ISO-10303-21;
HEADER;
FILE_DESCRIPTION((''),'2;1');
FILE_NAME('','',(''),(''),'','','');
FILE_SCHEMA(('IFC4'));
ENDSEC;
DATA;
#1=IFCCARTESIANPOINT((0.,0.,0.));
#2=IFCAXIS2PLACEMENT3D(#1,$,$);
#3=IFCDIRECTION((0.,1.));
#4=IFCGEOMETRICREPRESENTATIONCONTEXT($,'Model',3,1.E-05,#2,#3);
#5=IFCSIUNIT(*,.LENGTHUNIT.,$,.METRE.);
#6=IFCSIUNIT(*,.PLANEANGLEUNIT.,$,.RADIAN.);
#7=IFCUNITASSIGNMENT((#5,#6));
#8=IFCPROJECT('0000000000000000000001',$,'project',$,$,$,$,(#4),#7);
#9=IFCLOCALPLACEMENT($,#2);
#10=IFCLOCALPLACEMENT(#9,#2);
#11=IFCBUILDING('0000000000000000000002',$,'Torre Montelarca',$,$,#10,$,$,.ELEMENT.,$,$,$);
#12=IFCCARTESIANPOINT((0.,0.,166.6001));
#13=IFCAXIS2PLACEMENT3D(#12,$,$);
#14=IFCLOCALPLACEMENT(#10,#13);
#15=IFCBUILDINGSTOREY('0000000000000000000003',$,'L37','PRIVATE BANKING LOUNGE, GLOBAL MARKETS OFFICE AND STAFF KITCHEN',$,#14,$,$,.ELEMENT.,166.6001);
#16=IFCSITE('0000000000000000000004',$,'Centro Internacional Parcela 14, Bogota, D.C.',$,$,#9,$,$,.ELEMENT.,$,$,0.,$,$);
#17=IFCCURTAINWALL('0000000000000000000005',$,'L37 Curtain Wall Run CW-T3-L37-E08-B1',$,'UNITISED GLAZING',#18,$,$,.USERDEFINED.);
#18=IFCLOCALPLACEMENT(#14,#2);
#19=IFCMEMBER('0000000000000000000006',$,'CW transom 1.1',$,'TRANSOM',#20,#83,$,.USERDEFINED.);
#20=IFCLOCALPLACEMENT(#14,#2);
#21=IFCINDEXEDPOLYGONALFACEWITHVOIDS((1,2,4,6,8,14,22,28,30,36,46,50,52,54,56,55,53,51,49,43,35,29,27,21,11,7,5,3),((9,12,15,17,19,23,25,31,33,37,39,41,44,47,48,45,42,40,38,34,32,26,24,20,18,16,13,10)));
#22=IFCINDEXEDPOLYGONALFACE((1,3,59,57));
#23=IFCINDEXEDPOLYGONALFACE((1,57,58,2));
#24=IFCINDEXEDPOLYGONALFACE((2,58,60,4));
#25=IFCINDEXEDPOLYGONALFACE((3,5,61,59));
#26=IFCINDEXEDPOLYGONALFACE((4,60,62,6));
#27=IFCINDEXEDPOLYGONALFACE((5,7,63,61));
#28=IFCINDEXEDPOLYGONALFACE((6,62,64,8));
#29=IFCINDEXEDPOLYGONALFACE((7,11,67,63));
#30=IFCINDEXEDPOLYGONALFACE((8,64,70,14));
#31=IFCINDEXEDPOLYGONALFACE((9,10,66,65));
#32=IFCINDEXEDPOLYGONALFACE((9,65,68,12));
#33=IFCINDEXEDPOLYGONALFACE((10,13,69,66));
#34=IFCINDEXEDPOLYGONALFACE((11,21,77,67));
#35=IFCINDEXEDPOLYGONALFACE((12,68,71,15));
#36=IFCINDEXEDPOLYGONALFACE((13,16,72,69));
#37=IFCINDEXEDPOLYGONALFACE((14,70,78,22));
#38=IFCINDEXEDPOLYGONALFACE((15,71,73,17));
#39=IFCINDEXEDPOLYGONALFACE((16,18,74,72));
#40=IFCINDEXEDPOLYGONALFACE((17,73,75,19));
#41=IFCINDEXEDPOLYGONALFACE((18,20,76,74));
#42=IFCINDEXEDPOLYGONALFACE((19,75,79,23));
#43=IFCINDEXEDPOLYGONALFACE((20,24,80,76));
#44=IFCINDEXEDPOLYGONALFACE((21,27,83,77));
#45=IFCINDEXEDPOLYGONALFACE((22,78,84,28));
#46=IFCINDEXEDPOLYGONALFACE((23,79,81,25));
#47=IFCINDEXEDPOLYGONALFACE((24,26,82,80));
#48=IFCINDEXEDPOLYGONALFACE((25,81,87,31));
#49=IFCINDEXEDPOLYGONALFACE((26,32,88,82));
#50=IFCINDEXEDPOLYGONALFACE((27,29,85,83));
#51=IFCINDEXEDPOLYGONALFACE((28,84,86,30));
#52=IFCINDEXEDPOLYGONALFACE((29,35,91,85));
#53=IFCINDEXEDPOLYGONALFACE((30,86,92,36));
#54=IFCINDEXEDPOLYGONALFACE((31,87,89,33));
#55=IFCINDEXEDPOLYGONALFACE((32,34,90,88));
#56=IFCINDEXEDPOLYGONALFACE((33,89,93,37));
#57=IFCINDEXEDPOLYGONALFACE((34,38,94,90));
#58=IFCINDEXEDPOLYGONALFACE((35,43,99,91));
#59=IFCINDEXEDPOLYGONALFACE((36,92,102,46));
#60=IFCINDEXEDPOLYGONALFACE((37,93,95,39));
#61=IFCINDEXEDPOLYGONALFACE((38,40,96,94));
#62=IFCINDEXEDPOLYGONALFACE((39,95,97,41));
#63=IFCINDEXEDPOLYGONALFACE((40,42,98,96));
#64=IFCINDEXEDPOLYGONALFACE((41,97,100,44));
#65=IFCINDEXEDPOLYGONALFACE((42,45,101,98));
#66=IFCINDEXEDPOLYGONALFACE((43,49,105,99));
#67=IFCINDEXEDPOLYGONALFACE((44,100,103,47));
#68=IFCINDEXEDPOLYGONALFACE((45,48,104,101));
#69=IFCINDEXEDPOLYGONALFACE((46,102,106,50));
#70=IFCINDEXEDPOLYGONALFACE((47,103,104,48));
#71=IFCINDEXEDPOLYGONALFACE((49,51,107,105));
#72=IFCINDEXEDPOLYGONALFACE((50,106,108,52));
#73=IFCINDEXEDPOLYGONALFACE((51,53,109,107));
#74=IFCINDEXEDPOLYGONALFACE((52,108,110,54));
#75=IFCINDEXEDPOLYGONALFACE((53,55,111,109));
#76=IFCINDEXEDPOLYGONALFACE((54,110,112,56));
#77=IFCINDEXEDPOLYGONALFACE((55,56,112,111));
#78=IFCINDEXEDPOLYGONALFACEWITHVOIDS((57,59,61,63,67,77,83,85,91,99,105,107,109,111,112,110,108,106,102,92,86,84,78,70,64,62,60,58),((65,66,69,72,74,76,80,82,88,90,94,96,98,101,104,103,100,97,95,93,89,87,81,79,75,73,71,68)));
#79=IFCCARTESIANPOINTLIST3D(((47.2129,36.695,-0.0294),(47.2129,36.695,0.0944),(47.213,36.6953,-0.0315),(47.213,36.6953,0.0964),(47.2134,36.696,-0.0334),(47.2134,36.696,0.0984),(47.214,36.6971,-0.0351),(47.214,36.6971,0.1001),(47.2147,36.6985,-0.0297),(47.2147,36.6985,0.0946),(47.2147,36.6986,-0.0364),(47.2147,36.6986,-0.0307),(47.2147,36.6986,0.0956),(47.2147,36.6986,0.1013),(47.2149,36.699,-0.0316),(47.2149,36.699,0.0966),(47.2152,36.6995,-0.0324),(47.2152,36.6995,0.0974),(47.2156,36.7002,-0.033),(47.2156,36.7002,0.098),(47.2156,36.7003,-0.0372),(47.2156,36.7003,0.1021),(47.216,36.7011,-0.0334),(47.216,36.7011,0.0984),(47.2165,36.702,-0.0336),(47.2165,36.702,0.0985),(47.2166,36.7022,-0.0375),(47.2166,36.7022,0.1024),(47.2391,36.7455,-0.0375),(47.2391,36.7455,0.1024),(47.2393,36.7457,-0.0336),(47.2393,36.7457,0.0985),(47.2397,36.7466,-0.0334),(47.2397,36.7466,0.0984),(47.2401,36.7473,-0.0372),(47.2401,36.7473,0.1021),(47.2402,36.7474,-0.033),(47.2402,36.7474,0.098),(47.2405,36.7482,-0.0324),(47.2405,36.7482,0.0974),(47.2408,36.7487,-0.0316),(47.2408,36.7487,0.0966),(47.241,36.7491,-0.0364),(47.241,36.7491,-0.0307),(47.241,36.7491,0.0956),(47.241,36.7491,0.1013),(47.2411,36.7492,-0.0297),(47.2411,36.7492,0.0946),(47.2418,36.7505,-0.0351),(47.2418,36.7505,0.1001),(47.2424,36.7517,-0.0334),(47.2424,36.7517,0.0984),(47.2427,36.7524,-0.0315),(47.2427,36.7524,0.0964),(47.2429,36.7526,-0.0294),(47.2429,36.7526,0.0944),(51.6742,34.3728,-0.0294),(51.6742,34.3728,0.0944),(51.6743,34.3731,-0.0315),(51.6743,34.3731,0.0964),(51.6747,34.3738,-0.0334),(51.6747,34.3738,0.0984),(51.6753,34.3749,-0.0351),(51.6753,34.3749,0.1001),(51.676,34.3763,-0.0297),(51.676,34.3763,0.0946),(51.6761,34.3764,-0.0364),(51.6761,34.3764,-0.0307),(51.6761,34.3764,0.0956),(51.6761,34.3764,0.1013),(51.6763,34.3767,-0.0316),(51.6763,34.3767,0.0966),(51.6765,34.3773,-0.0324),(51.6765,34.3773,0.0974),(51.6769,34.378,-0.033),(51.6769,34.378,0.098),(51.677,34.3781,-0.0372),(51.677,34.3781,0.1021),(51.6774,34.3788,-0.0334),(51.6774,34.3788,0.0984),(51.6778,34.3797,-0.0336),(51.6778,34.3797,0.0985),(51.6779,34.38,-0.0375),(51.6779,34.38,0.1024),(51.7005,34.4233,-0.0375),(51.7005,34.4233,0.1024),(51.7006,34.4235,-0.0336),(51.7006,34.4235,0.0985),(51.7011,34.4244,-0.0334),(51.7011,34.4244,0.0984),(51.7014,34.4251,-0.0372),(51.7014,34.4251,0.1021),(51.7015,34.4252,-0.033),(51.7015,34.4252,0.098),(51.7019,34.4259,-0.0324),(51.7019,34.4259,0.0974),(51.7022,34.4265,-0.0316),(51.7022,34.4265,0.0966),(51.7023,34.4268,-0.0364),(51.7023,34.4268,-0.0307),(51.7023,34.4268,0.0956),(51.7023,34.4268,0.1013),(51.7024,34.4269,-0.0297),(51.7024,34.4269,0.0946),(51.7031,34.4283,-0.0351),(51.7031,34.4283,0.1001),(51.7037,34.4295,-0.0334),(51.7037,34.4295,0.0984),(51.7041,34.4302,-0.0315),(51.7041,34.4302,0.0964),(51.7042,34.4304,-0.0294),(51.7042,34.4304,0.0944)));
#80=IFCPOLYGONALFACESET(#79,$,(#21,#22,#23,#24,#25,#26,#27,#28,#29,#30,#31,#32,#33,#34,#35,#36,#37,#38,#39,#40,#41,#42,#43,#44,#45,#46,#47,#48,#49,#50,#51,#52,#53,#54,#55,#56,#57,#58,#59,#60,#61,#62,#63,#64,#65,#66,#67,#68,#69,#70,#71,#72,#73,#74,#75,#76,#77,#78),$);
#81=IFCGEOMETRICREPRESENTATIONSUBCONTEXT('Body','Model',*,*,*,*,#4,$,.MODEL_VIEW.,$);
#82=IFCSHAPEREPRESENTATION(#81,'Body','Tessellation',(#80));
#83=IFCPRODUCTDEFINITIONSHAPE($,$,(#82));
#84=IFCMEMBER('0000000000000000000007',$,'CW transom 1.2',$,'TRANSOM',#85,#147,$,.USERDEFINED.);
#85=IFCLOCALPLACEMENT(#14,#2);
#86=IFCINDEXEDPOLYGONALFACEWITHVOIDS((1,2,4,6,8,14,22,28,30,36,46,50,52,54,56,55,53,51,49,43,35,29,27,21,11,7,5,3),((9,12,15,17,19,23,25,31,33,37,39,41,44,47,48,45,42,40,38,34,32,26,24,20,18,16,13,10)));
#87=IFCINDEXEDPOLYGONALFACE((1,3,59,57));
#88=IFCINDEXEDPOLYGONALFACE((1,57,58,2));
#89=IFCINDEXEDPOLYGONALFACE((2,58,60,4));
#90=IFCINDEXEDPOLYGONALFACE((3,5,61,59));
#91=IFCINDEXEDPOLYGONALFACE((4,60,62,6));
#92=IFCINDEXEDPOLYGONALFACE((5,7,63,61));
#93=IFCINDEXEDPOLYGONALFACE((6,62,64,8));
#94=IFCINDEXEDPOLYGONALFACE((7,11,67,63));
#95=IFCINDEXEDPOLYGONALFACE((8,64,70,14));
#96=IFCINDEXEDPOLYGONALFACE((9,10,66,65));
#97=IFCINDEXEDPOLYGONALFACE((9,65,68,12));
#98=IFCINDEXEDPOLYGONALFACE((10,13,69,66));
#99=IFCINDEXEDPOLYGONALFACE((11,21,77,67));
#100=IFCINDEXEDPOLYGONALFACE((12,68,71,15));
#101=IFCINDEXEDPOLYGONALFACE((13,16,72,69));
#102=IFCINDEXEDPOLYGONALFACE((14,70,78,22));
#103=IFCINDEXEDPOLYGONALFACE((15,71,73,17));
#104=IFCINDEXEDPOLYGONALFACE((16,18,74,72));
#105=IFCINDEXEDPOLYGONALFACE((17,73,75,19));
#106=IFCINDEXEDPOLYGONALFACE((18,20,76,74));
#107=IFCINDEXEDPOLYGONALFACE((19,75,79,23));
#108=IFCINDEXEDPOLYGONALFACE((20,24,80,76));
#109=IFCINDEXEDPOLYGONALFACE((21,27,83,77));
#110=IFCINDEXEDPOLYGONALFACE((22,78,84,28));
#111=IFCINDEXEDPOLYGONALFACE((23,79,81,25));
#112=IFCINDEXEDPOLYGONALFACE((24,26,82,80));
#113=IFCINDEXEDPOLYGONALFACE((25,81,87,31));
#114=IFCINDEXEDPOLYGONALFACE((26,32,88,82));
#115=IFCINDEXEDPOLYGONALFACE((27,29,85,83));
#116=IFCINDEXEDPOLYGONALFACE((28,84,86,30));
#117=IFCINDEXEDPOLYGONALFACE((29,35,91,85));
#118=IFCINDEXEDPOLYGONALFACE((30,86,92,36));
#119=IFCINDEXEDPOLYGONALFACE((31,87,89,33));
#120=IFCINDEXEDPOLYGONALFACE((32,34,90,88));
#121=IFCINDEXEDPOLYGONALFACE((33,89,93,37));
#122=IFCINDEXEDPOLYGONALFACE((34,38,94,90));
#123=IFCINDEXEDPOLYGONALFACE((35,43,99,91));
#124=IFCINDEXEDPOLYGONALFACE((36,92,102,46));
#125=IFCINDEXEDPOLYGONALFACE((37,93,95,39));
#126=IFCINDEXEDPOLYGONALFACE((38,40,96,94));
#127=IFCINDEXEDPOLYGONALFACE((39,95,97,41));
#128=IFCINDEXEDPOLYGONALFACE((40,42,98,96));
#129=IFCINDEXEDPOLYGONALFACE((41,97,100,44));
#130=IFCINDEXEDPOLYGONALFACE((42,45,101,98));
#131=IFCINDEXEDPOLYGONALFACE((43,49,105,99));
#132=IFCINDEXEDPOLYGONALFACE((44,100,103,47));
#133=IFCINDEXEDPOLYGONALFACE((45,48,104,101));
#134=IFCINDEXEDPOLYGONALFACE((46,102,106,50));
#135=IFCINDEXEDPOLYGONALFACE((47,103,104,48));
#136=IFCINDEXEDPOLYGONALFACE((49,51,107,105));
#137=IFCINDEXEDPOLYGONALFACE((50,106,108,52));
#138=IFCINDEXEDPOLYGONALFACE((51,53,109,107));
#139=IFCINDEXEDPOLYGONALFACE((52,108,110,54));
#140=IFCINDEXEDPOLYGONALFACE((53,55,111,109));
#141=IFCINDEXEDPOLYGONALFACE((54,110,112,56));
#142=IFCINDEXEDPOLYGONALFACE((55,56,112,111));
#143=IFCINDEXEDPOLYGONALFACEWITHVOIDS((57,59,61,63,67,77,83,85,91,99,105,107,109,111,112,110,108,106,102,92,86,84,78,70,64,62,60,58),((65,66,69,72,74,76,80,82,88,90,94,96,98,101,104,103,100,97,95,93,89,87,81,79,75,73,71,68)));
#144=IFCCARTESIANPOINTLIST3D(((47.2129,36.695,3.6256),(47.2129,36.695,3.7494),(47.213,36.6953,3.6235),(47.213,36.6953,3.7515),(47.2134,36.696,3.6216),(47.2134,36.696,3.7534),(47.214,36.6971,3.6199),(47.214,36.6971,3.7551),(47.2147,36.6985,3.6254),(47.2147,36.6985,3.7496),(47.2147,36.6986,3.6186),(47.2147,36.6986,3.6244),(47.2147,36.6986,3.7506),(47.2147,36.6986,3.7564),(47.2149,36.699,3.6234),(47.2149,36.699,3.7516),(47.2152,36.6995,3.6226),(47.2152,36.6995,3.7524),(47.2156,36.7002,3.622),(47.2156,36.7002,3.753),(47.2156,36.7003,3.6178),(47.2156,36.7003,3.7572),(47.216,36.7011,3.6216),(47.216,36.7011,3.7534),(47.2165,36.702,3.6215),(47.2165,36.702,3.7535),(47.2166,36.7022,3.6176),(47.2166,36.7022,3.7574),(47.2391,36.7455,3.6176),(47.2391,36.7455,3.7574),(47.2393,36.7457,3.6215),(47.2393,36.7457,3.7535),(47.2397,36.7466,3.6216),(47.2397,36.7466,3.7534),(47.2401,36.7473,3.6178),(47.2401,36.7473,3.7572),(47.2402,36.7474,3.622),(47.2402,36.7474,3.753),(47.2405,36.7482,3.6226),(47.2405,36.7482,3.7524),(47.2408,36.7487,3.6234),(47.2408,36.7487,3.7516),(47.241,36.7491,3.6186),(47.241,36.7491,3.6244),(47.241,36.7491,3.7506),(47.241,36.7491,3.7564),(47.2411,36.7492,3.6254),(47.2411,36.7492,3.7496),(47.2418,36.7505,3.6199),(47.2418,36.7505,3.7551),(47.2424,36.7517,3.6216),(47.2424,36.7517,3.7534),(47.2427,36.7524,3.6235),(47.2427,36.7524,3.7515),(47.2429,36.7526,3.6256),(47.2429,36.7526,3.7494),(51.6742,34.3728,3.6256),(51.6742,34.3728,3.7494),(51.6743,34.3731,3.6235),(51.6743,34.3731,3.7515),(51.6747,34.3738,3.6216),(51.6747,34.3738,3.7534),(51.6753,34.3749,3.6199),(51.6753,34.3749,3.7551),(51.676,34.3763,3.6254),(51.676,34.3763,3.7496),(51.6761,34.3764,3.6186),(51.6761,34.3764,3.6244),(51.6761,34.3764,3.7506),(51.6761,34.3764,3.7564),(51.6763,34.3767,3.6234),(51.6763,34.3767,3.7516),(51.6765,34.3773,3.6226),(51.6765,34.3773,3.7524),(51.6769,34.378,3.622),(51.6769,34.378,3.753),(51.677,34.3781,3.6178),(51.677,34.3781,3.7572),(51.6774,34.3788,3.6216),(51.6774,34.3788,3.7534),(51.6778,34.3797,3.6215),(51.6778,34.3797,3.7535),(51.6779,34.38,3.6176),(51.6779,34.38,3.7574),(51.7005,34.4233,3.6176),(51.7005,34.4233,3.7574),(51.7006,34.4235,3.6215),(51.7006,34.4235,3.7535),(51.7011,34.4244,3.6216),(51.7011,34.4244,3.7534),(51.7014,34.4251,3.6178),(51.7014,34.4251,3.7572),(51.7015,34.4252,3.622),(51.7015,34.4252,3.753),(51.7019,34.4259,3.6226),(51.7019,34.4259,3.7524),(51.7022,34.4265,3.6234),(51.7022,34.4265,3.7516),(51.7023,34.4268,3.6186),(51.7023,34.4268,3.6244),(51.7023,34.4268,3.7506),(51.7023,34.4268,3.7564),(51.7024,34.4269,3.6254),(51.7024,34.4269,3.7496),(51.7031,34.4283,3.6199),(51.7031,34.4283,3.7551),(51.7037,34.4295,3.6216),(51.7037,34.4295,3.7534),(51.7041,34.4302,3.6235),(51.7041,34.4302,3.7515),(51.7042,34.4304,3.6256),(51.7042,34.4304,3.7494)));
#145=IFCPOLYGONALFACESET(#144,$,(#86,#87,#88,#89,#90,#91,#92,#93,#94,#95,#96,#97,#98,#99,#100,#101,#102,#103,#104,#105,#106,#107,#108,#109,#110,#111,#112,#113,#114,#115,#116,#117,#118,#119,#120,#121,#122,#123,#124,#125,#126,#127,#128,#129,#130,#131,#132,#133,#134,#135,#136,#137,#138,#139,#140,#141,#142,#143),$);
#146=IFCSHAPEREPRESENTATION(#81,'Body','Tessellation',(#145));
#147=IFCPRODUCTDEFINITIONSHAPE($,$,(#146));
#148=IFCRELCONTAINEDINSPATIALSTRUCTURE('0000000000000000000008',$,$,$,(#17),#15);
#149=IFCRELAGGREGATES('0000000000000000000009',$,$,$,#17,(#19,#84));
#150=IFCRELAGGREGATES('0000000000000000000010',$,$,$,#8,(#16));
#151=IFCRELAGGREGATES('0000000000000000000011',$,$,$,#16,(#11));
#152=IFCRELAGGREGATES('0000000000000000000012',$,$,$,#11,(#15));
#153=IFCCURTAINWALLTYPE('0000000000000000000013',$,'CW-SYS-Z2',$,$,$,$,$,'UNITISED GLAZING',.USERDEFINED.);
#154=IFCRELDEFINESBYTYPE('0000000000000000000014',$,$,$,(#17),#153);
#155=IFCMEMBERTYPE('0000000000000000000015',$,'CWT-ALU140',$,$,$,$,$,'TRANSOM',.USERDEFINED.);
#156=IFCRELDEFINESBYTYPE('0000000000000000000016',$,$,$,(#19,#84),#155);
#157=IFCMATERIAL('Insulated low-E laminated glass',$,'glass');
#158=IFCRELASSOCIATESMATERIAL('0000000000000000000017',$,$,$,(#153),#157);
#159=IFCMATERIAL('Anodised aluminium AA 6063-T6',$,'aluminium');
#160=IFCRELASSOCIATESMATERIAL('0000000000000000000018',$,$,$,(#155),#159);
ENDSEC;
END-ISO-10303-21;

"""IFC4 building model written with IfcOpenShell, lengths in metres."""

from ifc_helpers import new_model, si_unit, direction, frame, origin, origin_2d, place, context, subcontext, project, spatial, hollow_rectangle, extrude, source, transform, mapped, material, material_profile, profile_set, type_object, element, aggregate, save


model = new_model("IFC4")

# Units and contexts
model_context = context("Model", 3, precision=1e-05, world=origin(), true_north=direction((0.0, 1.0)))
body_context = subcontext(model_context, "Body", "Model", "MODEL_VIEW")
ifc_project = project(units=[si_unit("LENGTHUNIT", "METRE"), si_unit("PLANEANGLEUNIT", "RADIAN")], contexts=[model_context])

# Site, building, storey
site_placement = place(None, origin())
site = spatial("IfcSite", under=ifc_project, at=site_placement, Name="Centro Internacional Parcela 14, Bogota, D.C.", CompositionType="ELEMENT", RefElevation=0.0)
building_placement = place(site_placement, origin())
building = spatial("IfcBuilding", under=site, at=building_placement, Name="Torre Montelarca", CompositionType="ELEMENT")
storey_placement = place(building_placement, frame((0.0, 0.0, 166.6001)))
storey = spatial("IfcBuildingStorey", under=building, at=storey_placement, Name="L37", Description="PRIVATE BANKING LOUNGE, GLOBAL MARKETS OFFICE AND STAFF KITCHEN", CompositionType="ELEMENT", Elevation=166.6001)

# Shared definitions
ifc_material_1 = material(Name="Insulated low-E laminated glass", Category="glass")
curtain_wall_type = type_object("IfcCurtainWallType", Name="CW-SYS-Z2", ElementType="UNITISED GLAZING", PredefinedType="USERDEFINED", material=ifc_material_1)
ifc_material_2 = material(Name="Anodised aluminium AA 6063-T6", Category="aluminium")
ifc_material_profile_1 = material_profile(ifc_material_2, hollow_rectangle(XDim=0.0649, YDim=0.1399, WallThickness=0.0039, InnerFilletRadius=0.0039, OuterFilletRadius=0.0081, at=origin_2d()), Name="ALU65X140X4", Category="aluminium")
ifc_profile_set_1 = profile_set([ifc_material_profile_1], Name="Anodised aluminium AA 6063-T6")
member_type_1 = type_object("IfcMemberType", Name="CWT-ALU140", ElementType="TRANSOM", PredefinedType="USERDEFINED", material=ifc_profile_set_1)

# Curtain wall
curtain_wall_1_placement = place(storey_placement, origin())
curtain_wall_1 = element("IfcCurtainWall", 1, at=curtain_wall_1_placement, inside=storey, type_object=curtain_wall_type, Name="L37 Curtain Wall Run CW-T3-L37-E08-B1", ObjectType="UNITISED GLAZING", PredefinedType="USERDEFINED")

# Members
shared_shape_1 = source(origin(), body_context, "Body", "SweptSolid", [
    extrude(hollow_rectangle(XDim=0.0649, YDim=0.1399, WallThickness=0.0039, InnerFilletRadius=0.0039, OuterFilletRadius=0.0081, at=origin_2d()), origin(), (0.0, 0.0, 1.0), 5.0295),
])
member_1_placement = place(storey_placement, frame((51.6892, 34.4016, 0.0325), z_axis=(-0.887028, 0.461716, 0.0), x_axis=(-0.461716, -0.887028, 0.0)))
member_1 = element("IfcMember", 2, at=member_1_placement, type_object=member_type_1, Name="CW transom 1.1", ObjectType="TRANSOM", PredefinedType="USERDEFINED", context=body_context, shape_type="MappedRepresentation", body=[
    mapped(shared_shape_1, transform((0.0, 0.0, 0.0), scale=1.0)),
])
member_2_placement = place(storey_placement, frame((51.6892, 34.4016, 3.6875), z_axis=(-0.887028, 0.461716, 0.0), x_axis=(-0.461716, -0.887028, 0.0)))
member_2 = element("IfcMember", 3, at=member_2_placement, type_object=member_type_1, Name="CW transom 1.2", ObjectType="TRANSOM", PredefinedType="USERDEFINED", context=body_context, shape_type="MappedRepresentation", body=[
    mapped(shared_shape_1, transform((0.0, 0.0, 0.0), scale=1.0)),
])

aggregate(curtain_wall_1, [member_1, member_2])

save(model, "model.ifc")
